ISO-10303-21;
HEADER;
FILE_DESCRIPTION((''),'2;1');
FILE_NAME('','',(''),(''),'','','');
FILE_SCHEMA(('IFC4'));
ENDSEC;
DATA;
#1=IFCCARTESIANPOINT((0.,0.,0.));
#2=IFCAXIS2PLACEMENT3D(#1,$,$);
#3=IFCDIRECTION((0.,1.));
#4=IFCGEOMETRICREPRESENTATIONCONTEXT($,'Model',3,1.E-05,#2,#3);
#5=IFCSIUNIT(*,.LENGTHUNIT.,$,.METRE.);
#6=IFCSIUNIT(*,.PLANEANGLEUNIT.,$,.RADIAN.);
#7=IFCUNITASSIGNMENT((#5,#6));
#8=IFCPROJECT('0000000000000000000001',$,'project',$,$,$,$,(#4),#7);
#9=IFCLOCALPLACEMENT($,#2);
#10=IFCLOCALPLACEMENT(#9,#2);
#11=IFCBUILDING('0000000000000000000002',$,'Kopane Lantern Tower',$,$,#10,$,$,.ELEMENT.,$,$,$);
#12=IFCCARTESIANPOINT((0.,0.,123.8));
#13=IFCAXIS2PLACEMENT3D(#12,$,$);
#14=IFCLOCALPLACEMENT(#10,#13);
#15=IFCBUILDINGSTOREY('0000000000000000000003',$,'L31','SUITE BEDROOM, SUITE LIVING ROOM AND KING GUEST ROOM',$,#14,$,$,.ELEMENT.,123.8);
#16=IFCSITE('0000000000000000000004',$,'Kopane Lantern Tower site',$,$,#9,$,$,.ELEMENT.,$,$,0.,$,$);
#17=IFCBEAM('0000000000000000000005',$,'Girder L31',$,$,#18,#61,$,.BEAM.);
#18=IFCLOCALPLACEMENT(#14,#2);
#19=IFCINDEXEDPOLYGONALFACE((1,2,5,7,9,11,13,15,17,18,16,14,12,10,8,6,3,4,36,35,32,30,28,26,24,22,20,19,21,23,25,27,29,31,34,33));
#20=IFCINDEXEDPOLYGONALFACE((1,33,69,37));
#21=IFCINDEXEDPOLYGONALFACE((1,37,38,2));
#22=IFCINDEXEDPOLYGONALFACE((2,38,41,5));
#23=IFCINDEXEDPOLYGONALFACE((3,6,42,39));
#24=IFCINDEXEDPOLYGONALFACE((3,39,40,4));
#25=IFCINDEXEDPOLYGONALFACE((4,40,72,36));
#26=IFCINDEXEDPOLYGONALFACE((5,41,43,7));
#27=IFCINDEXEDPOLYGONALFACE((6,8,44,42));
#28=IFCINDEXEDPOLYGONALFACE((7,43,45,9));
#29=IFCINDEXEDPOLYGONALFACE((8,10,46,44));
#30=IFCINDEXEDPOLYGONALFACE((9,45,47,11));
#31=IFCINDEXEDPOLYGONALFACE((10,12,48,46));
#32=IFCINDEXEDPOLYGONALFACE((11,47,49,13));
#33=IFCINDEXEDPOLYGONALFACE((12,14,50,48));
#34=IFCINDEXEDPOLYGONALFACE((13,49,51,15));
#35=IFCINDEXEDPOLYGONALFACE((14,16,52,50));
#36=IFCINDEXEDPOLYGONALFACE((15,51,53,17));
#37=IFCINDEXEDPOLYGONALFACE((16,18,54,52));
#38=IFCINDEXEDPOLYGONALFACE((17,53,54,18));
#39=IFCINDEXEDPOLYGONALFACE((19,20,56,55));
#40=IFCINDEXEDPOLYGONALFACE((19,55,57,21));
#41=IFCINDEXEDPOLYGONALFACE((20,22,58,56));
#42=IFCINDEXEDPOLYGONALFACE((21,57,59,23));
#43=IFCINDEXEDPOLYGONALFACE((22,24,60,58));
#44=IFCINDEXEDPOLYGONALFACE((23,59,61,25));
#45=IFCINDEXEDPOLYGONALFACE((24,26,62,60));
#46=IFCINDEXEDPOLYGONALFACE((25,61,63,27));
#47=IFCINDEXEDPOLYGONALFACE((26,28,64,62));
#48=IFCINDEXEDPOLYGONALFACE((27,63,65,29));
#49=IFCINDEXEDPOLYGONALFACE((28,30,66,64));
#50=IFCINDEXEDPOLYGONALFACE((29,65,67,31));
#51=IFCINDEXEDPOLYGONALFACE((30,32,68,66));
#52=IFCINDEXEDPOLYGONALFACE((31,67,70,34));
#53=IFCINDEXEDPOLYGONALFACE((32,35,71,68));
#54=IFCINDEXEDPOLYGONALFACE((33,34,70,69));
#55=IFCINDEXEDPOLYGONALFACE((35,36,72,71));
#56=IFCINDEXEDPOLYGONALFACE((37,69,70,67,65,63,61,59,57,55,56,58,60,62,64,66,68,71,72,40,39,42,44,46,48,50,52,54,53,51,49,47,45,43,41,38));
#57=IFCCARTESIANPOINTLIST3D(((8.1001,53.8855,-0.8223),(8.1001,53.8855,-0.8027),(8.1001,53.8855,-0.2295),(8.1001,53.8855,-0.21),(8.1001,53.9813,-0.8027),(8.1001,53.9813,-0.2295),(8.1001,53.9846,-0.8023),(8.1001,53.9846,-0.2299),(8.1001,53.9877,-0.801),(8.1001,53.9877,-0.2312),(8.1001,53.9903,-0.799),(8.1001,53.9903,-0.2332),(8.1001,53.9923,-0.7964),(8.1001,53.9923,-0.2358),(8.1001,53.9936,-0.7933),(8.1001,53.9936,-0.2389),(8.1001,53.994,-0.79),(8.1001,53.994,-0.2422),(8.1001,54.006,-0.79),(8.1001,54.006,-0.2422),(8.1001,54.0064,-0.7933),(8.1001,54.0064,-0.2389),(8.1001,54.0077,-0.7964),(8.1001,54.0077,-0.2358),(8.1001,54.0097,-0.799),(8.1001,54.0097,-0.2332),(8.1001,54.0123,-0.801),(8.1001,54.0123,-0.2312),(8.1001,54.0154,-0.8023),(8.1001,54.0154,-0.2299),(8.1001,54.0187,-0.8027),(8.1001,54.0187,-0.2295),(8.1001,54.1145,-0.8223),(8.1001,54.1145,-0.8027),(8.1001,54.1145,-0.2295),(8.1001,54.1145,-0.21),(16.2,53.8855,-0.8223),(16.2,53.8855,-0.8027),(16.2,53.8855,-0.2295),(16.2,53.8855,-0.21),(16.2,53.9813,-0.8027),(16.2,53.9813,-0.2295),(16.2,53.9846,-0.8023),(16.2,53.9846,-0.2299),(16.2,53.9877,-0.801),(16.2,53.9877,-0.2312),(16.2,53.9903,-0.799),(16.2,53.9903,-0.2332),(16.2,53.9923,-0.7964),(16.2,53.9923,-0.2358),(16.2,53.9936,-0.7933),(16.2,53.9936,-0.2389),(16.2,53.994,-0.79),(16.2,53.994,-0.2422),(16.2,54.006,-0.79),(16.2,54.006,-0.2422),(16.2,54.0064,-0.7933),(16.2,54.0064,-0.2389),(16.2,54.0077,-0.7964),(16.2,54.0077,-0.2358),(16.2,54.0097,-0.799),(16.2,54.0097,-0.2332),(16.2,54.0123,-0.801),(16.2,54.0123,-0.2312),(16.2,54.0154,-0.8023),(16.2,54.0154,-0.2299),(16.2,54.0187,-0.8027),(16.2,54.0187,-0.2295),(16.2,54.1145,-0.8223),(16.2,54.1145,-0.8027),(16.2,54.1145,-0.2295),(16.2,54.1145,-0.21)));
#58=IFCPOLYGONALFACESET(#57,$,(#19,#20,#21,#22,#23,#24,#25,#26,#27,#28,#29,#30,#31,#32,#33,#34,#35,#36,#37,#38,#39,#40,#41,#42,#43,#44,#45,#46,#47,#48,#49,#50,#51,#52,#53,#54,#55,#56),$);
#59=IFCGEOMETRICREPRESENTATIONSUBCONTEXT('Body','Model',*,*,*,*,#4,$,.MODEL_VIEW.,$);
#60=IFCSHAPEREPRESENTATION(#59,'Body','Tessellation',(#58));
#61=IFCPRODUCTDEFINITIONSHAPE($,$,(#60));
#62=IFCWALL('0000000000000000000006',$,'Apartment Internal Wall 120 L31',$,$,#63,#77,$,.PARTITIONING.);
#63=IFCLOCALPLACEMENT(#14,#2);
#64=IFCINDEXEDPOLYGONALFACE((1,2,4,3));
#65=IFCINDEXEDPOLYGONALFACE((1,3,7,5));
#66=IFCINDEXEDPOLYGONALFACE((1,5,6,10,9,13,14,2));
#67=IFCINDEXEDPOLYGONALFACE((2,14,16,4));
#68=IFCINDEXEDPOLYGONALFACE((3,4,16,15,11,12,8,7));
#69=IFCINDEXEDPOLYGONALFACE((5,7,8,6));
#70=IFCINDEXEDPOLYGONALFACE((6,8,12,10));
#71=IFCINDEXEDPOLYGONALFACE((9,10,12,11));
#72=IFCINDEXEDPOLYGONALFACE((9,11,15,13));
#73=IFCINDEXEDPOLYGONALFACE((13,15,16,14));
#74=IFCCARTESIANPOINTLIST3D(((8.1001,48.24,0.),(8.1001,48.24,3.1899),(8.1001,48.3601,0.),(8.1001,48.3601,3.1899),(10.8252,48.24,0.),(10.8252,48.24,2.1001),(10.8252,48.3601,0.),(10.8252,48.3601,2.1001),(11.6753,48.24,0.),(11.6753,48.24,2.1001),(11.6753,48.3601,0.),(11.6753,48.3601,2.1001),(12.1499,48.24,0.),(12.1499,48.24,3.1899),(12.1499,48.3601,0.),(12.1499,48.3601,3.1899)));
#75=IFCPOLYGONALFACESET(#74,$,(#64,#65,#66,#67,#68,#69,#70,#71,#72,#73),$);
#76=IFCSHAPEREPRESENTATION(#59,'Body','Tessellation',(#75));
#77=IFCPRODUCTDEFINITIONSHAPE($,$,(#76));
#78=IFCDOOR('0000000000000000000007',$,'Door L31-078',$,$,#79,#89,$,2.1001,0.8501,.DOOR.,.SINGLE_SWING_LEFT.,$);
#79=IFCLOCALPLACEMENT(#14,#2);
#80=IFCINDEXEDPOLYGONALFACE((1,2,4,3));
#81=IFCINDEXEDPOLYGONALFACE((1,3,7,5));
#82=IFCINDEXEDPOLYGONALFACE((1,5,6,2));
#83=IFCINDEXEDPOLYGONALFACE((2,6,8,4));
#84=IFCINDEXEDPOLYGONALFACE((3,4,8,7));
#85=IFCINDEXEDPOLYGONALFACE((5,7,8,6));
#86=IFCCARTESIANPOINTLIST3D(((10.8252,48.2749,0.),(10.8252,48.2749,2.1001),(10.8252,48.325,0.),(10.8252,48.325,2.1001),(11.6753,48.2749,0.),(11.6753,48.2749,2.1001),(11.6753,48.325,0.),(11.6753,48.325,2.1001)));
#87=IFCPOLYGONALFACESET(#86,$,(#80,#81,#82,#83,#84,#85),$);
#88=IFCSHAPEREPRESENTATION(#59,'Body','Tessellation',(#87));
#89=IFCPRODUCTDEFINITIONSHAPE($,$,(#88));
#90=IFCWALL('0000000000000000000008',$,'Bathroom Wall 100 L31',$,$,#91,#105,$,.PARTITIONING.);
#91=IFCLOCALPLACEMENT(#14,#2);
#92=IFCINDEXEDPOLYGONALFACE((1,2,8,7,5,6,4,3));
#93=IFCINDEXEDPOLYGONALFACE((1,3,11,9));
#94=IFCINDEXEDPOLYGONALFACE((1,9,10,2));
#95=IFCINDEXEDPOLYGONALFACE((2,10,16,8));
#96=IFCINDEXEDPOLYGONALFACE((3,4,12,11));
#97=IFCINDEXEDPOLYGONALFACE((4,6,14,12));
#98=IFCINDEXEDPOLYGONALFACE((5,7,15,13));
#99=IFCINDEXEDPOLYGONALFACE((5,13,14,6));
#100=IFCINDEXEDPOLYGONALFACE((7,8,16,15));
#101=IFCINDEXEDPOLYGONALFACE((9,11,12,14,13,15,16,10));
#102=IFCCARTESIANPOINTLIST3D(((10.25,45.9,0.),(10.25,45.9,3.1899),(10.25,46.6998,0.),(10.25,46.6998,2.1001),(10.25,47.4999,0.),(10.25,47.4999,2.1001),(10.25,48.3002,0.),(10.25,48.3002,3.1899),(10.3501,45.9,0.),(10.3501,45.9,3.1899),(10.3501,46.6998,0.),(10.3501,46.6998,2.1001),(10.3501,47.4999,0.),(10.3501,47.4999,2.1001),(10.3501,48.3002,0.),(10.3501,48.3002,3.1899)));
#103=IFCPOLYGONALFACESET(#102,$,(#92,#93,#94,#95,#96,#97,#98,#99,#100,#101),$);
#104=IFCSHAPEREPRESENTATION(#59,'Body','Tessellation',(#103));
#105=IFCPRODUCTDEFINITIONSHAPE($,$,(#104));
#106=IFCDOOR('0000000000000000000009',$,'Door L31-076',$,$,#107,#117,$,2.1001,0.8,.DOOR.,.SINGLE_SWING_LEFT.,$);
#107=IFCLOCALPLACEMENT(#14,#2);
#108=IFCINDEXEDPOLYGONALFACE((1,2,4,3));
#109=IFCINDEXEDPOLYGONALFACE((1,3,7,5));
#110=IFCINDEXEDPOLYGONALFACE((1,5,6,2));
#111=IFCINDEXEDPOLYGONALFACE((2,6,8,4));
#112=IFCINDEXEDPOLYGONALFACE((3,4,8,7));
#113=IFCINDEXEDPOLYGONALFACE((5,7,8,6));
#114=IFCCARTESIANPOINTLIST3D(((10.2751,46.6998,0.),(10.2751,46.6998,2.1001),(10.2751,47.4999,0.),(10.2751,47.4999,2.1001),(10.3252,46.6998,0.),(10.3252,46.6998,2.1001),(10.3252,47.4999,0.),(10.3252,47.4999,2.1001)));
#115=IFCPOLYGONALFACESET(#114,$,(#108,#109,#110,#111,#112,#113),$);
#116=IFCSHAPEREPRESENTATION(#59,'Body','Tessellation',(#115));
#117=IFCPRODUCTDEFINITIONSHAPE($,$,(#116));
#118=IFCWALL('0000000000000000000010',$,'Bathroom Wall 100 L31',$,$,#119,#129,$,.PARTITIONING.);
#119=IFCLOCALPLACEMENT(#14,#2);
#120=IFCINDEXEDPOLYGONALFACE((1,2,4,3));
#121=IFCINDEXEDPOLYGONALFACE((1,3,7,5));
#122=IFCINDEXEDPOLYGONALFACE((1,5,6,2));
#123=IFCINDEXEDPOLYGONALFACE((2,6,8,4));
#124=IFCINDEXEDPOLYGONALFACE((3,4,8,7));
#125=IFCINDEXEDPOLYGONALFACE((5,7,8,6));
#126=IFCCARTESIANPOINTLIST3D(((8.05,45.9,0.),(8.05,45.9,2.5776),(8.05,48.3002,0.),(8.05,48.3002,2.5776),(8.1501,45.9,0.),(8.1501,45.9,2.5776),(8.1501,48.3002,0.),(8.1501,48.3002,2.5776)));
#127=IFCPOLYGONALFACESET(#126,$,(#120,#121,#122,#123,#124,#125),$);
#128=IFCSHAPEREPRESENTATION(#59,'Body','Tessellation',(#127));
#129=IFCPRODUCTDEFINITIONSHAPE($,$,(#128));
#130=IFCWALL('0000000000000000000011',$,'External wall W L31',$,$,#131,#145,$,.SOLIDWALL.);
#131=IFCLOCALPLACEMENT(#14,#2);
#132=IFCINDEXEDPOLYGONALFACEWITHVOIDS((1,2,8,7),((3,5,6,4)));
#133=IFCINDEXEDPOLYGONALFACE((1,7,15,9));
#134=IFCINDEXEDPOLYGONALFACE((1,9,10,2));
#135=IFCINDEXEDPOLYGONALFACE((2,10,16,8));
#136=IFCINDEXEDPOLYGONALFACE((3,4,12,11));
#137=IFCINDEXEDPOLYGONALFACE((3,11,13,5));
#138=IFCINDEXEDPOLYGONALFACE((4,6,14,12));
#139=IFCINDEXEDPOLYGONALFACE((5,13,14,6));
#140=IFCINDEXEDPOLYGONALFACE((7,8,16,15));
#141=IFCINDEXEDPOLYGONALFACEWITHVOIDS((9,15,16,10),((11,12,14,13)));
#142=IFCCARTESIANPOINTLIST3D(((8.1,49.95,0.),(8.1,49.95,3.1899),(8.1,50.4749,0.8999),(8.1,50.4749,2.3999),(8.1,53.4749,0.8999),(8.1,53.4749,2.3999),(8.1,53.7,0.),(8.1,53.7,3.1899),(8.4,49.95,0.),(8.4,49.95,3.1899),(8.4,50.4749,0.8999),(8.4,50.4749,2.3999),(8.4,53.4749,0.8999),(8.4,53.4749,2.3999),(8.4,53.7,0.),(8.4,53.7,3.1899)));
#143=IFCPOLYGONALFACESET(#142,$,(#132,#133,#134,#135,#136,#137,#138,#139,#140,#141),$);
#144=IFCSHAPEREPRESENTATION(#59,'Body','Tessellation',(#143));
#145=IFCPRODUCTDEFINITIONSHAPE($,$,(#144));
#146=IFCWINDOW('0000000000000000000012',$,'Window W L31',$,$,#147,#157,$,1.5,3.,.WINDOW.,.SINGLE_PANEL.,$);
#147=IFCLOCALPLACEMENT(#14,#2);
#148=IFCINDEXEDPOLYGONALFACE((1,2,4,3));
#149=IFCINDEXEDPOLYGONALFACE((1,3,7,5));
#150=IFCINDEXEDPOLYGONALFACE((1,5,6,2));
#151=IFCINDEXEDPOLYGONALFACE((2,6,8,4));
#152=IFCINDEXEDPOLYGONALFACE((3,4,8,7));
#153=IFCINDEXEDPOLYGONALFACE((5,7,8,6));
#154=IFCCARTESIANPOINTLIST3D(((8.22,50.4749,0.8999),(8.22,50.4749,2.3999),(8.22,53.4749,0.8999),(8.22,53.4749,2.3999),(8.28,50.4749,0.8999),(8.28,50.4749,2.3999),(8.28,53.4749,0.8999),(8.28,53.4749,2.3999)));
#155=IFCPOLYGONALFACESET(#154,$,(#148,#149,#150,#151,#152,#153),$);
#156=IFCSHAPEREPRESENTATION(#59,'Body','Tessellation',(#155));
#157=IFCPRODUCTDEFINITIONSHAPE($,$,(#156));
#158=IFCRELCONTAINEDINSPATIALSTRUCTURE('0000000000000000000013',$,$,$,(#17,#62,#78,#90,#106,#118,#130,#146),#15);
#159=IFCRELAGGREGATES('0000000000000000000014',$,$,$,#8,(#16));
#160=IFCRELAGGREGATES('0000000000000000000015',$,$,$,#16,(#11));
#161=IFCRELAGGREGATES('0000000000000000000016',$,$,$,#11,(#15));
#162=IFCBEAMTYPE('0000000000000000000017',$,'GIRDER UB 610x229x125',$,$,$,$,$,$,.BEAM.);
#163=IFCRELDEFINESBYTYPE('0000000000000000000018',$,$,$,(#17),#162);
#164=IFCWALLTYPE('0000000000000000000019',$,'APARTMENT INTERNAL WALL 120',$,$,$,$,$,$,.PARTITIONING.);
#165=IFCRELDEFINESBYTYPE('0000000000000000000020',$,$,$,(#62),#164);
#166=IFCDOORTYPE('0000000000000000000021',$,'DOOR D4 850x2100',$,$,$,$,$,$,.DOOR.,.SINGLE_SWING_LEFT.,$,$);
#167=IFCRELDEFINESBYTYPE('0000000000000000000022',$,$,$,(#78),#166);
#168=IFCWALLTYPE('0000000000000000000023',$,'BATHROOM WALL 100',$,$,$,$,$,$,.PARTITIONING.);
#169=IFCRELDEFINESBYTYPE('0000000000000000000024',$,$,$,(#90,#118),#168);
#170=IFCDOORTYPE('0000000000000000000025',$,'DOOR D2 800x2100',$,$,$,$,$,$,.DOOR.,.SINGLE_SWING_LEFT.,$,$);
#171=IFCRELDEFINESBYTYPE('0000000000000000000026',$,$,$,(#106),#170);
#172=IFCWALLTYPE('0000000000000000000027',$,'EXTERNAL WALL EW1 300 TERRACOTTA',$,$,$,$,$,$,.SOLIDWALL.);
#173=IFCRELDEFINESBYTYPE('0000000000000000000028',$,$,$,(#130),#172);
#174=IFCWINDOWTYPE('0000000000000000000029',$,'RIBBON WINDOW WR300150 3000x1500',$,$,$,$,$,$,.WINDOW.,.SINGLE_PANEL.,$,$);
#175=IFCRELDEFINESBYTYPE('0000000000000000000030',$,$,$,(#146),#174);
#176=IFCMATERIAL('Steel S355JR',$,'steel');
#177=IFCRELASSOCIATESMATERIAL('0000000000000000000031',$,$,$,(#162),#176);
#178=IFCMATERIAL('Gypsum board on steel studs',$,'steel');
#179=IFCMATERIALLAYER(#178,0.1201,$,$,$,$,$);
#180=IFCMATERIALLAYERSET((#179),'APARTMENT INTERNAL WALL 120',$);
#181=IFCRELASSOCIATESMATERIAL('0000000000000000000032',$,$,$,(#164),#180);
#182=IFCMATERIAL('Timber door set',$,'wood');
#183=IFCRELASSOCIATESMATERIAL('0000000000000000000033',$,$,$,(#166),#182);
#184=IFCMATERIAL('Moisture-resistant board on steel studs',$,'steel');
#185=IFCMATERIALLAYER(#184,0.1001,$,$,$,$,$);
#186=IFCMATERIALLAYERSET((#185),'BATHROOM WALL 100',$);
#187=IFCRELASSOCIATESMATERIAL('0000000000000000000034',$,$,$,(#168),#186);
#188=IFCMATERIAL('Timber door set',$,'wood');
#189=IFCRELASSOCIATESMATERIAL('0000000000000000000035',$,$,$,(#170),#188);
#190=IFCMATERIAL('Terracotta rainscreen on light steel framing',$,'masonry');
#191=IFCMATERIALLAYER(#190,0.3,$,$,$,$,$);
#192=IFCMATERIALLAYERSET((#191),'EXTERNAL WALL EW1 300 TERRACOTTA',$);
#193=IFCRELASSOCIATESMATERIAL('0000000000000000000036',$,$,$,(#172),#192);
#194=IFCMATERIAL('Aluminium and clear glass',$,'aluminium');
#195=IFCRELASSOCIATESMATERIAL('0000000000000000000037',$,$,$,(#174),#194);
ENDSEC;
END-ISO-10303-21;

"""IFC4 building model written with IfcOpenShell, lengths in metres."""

from ifc_helpers import new_model, si_unit, direction, frame, frame_2d, origin, origin_2d, place, context, subcontext, project, spatial, rectangle, i_section, extrude, material, layer, layer_set, material_profile, profile_set, type_object, element, fill, save


model = new_model("IFC4")

# Units and contexts
model_context = context("Model", 3, precision=1e-05, world=origin(), true_north=direction((0.0, 1.0)))
body_context = subcontext(model_context, "Body", "Model", "MODEL_VIEW")
ifc_project = project(units=[si_unit("LENGTHUNIT", "METRE"), si_unit("PLANEANGLEUNIT", "RADIAN")], contexts=[model_context])

# Site, building, storey
site_placement = place(None, origin())
site = spatial("IfcSite", under=ifc_project, at=site_placement, Name="Kopane Lantern Tower site", CompositionType="ELEMENT", RefElevation=0.0)
building_placement = place(site_placement, origin())
building = spatial("IfcBuilding", under=site, at=building_placement, Name="Kopane Lantern Tower", CompositionType="ELEMENT")
storey_placement = place(building_placement, frame((0.0, 0.0, 123.8)))
storey = spatial("IfcBuildingStorey", under=building, at=storey_placement, Name="L31", Description="SUITE BEDROOM, SUITE LIVING ROOM AND KING GUEST ROOM", CompositionType="ELEMENT", Elevation=123.8)

# Beam
ifc_material_1 = material(Name="Steel S355JR", Category="steel")
ifc_material_profile_1 = material_profile(ifc_material_1, i_section(OverallWidth=0.229, OverallDepth=0.6123, WebThickness=0.012, FlangeThickness=0.0195, FilletRadius=0.0127, at=origin_2d()), Name="UB 610x229x125")
ifc_profile_set_1 = profile_set([ifc_material_profile_1], Name="Steel S355JR")
beam_type_1 = type_object("IfcBeamType", Name="GIRDER UB 610x229x125", PredefinedType="BEAM", material=ifc_profile_set_1)
beam_1_placement = place(storey_placement, frame((8.1001, 54.0, -0.5161), z_axis=(1.0, 0.0, 0.0), x_axis=(0.0, 1.0, 0.0)))
element("IfcBeam", 1, at=beam_1_placement, inside=storey, type_object=beam_type_1, Name="Girder L31", PredefinedType="BEAM", context=body_context, shape_type="SweptSolid", body=[
    extrude(i_section(OverallWidth=0.229, OverallDepth=0.6123, WebThickness=0.012, FlangeThickness=0.0195, FilletRadius=0.0127, at=origin_2d()), origin(), (0.0, 0.0, 1.0), 8.0999),
])

# Walls, openings, doors
ifc_material_2 = material(Name="Gypsum board on steel studs", Category="steel")
ifc_layer_1 = layer(ifc_material_2, 0.1201)
ifc_layer_set_1 = layer_set([ifc_layer_1], Name="APARTMENT INTERNAL WALL 120")
wall_type_1 = type_object("IfcWallType", Name="APARTMENT INTERNAL WALL 120", PredefinedType="PARTITIONING", material=ifc_layer_set_1)
wall_1_placement = place(storey_placement, frame((8.1001, 48.3, 0.0), z_axis=(0.0, 0.0, 1.0), x_axis=(1.0, 0.0, 0.0)))
wall_1 = element("IfcWall", 2, at=wall_1_placement, inside=storey, type_object=wall_type_1, Name="Apartment Internal Wall 120 L31", PredefinedType="PARTITIONING", context=body_context, shape_type="SweptSolid", body=[
    extrude(rectangle(XDim=4.0498, YDim=0.1201, at=frame_2d((2.0249, 0.0))), origin(), (0.0, 0.0, 1.0), 3.1899),
])
opening_1_placement = place(wall_1_placement, frame((2.7251, 0.0, 0.0)))
opening_1 = element("IfcOpeningElement", 3, at=opening_1_placement, cuts=wall_1, PredefinedType="OPENING", context=body_context, shape_type="SweptSolid", body=[
    extrude(rectangle(XDim=0.8501, YDim=2.1001, at=frame_2d((0.425, 1.05))), frame((0.0, 0.0701, 0.0), z_axis=(0.0, -1.0, 0.0), x_axis=(1.0, 0.0, 0.0)), (0.0, 0.0, 1.0), 0.1401),
])
ifc_material_3 = material(Name="Timber door set", Category="wood")
door_type_1 = type_object("IfcDoorType", Name="DOOR D4 850x2100", OperationType="SINGLE_SWING_LEFT", PredefinedType="DOOR", material=ifc_material_3)
door_1_placement = place(opening_1_placement, origin())
door_1 = element("IfcDoor", 4, at=door_1_placement, inside=storey, type_object=door_type_1, Name="Door L31-078", OperationType="SINGLE_SWING_LEFT", OverallHeight=2.1001, OverallWidth=0.8501, PredefinedType="DOOR", context=body_context, shape_type="SweptSolid", body=[
    extrude(rectangle(XDim=0.8501, YDim=2.1001, at=frame_2d((0.425, 1.05))), frame((0.0, 0.0249, 0.0), z_axis=(0.0, -1.0, 0.0), x_axis=(1.0, 0.0, 0.0)), (0.0, 0.0, 1.0), 0.05),
])
fill(opening_1, door_1)
ifc_material_4 = material(Name="Moisture-resistant board on steel studs", Category="steel")
ifc_layer_2 = layer(ifc_material_4, 0.1001)
ifc_layer_set_2 = layer_set([ifc_layer_2], Name="BATHROOM WALL 100")
wall_type_2 = type_object("IfcWallType", Name="BATHROOM WALL 100", PredefinedType="PARTITIONING", material=ifc_layer_set_2)
wall_2_placement = place(storey_placement, frame((10.3, 45.8999, 0.0), z_axis=(0.0, 0.0, 1.0), x_axis=(0.0, 1.0, 0.0)))
wall_2 = element("IfcWall", 5, at=wall_2_placement, inside=storey, type_object=wall_type_2, Name="Bathroom Wall 100 L31", PredefinedType="PARTITIONING", context=body_context, shape_type="SweptSolid", body=[
    extrude(rectangle(XDim=2.4001, YDim=0.1001, at=frame_2d((1.2002, 0.0))), origin(), (0.0, 0.0, 1.0), 3.1899),
])
opening_2_placement = place(wall_2_placement, frame((0.8, 0.0, 0.0)))
opening_2 = element("IfcOpeningElement", 6, at=opening_2_placement, cuts=wall_2, PredefinedType="OPENING", context=body_context, shape_type="SweptSolid", body=[
    extrude(rectangle(XDim=0.8, YDim=2.1001, at=frame_2d((0.3999, 1.05))), frame((0.0, 0.0601, 0.0), z_axis=(0.0, -1.0, 0.0), x_axis=(1.0, 0.0, 0.0)), (0.0, 0.0, 1.0), 0.1201),
])
ifc_material_5 = material(Name="Timber door set", Category="wood")
door_type_2 = type_object("IfcDoorType", Name="DOOR D2 800x2100", OperationType="SINGLE_SWING_LEFT", PredefinedType="DOOR", material=ifc_material_5)
door_2_placement = place(opening_2_placement, origin())
door_2 = element("IfcDoor", 7, at=door_2_placement, inside=storey, type_object=door_type_2, Name="Door L31-076", OperationType="SINGLE_SWING_LEFT", OverallHeight=2.1001, OverallWidth=0.8, PredefinedType="DOOR", context=body_context, shape_type="SweptSolid", body=[
    extrude(rectangle(XDim=0.8, YDim=2.1001, at=frame_2d((0.3999, 1.05))), frame((0.0, 0.0249, 0.0), z_axis=(0.0, -1.0, 0.0), x_axis=(1.0, 0.0, 0.0)), (0.0, 0.0, 1.0), 0.05),
])
fill(opening_2, door_2)

# Wall
wall_3_placement = place(storey_placement, frame((8.1001, 45.8999, 0.0), z_axis=(0.0, 0.0, 1.0), x_axis=(0.0, 1.0, 0.0)))
element("IfcWall", 8, at=wall_3_placement, inside=storey, type_object=wall_type_2, Name="Bathroom Wall 100 L31", PredefinedType="PARTITIONING", context=body_context, shape_type="SweptSolid", body=[
    extrude(rectangle(XDim=2.4001, YDim=0.1001, at=frame_2d((1.2002, 0.0))), origin(), (0.0, 0.0, 1.0), 2.5776),
])

# Wall, opening, window
ifc_material_6 = material(Name="Terracotta rainscreen on light steel framing", Category="masonry")
ifc_layer_3 = layer(ifc_material_6, 0.3)
ifc_layer_set_3 = layer_set([ifc_layer_3], Name="EXTERNAL WALL EW1 300 TERRACOTTA")
wall_type_3 = type_object("IfcWallType", Name="EXTERNAL WALL EW1 300 TERRACOTTA", PredefinedType="SOLIDWALL", material=ifc_layer_set_3)
wall_4_placement = place(storey_placement, frame((8.25, 53.7, 0.0), z_axis=(0.0, 0.0, 1.0), x_axis=(0.0, -1.0, 0.0)))
wall_4 = element("IfcWall", 9, at=wall_4_placement, inside=storey, type_object=wall_type_3, Name="External wall W L31", PredefinedType="SOLIDWALL", context=body_context, shape_type="SweptSolid", body=[
    extrude(rectangle(XDim=3.75, YDim=0.3, at=frame_2d((1.875, 0.0))), origin(), (0.0, 0.0, 1.0), 3.1899),
])
opening_3_placement = place(wall_4_placement, frame((0.2251, 0.0, 0.8999)))
opening_3 = element("IfcOpeningElement", 10, at=opening_3_placement, cuts=wall_4, PredefinedType="OPENING", context=body_context, shape_type="SweptSolid", body=[
    extrude(rectangle(XDim=3.0, YDim=1.5, at=frame_2d((1.5, 0.75))), frame((0.0, 0.1599, 0.0), z_axis=(0.0, -1.0, 0.0), x_axis=(1.0, 0.0, 0.0)), (0.0, 0.0, 1.0), 0.3201),
])
ifc_material_7 = material(Name="Aluminium and clear glass", Category="aluminium")
window_type = type_object("IfcWindowType", Name="RIBBON WINDOW WR300150 3000x1500", PartitioningType="SINGLE_PANEL", PredefinedType="WINDOW", material=ifc_material_7)
window_1_placement = place(opening_3_placement, origin())
window_1 = element("IfcWindow", 11, at=window_1_placement, inside=storey, type_object=window_type, Name="Window W L31", OverallHeight=1.5, OverallWidth=3.0, PartitioningType="SINGLE_PANEL", PredefinedType="WINDOW", context=body_context, shape_type="SweptSolid", body=[
    extrude(rectangle(XDim=3.0, YDim=1.5, at=frame_2d((1.5, 0.75))), frame((0.0, 0.03, 0.0), z_axis=(0.0, -1.0, 0.0), x_axis=(1.0, 0.0, 0.0)), (0.0, 0.0, 1.0), 0.0601),
])
fill(opening_3, window_1)

save(model, "model.ifc")
